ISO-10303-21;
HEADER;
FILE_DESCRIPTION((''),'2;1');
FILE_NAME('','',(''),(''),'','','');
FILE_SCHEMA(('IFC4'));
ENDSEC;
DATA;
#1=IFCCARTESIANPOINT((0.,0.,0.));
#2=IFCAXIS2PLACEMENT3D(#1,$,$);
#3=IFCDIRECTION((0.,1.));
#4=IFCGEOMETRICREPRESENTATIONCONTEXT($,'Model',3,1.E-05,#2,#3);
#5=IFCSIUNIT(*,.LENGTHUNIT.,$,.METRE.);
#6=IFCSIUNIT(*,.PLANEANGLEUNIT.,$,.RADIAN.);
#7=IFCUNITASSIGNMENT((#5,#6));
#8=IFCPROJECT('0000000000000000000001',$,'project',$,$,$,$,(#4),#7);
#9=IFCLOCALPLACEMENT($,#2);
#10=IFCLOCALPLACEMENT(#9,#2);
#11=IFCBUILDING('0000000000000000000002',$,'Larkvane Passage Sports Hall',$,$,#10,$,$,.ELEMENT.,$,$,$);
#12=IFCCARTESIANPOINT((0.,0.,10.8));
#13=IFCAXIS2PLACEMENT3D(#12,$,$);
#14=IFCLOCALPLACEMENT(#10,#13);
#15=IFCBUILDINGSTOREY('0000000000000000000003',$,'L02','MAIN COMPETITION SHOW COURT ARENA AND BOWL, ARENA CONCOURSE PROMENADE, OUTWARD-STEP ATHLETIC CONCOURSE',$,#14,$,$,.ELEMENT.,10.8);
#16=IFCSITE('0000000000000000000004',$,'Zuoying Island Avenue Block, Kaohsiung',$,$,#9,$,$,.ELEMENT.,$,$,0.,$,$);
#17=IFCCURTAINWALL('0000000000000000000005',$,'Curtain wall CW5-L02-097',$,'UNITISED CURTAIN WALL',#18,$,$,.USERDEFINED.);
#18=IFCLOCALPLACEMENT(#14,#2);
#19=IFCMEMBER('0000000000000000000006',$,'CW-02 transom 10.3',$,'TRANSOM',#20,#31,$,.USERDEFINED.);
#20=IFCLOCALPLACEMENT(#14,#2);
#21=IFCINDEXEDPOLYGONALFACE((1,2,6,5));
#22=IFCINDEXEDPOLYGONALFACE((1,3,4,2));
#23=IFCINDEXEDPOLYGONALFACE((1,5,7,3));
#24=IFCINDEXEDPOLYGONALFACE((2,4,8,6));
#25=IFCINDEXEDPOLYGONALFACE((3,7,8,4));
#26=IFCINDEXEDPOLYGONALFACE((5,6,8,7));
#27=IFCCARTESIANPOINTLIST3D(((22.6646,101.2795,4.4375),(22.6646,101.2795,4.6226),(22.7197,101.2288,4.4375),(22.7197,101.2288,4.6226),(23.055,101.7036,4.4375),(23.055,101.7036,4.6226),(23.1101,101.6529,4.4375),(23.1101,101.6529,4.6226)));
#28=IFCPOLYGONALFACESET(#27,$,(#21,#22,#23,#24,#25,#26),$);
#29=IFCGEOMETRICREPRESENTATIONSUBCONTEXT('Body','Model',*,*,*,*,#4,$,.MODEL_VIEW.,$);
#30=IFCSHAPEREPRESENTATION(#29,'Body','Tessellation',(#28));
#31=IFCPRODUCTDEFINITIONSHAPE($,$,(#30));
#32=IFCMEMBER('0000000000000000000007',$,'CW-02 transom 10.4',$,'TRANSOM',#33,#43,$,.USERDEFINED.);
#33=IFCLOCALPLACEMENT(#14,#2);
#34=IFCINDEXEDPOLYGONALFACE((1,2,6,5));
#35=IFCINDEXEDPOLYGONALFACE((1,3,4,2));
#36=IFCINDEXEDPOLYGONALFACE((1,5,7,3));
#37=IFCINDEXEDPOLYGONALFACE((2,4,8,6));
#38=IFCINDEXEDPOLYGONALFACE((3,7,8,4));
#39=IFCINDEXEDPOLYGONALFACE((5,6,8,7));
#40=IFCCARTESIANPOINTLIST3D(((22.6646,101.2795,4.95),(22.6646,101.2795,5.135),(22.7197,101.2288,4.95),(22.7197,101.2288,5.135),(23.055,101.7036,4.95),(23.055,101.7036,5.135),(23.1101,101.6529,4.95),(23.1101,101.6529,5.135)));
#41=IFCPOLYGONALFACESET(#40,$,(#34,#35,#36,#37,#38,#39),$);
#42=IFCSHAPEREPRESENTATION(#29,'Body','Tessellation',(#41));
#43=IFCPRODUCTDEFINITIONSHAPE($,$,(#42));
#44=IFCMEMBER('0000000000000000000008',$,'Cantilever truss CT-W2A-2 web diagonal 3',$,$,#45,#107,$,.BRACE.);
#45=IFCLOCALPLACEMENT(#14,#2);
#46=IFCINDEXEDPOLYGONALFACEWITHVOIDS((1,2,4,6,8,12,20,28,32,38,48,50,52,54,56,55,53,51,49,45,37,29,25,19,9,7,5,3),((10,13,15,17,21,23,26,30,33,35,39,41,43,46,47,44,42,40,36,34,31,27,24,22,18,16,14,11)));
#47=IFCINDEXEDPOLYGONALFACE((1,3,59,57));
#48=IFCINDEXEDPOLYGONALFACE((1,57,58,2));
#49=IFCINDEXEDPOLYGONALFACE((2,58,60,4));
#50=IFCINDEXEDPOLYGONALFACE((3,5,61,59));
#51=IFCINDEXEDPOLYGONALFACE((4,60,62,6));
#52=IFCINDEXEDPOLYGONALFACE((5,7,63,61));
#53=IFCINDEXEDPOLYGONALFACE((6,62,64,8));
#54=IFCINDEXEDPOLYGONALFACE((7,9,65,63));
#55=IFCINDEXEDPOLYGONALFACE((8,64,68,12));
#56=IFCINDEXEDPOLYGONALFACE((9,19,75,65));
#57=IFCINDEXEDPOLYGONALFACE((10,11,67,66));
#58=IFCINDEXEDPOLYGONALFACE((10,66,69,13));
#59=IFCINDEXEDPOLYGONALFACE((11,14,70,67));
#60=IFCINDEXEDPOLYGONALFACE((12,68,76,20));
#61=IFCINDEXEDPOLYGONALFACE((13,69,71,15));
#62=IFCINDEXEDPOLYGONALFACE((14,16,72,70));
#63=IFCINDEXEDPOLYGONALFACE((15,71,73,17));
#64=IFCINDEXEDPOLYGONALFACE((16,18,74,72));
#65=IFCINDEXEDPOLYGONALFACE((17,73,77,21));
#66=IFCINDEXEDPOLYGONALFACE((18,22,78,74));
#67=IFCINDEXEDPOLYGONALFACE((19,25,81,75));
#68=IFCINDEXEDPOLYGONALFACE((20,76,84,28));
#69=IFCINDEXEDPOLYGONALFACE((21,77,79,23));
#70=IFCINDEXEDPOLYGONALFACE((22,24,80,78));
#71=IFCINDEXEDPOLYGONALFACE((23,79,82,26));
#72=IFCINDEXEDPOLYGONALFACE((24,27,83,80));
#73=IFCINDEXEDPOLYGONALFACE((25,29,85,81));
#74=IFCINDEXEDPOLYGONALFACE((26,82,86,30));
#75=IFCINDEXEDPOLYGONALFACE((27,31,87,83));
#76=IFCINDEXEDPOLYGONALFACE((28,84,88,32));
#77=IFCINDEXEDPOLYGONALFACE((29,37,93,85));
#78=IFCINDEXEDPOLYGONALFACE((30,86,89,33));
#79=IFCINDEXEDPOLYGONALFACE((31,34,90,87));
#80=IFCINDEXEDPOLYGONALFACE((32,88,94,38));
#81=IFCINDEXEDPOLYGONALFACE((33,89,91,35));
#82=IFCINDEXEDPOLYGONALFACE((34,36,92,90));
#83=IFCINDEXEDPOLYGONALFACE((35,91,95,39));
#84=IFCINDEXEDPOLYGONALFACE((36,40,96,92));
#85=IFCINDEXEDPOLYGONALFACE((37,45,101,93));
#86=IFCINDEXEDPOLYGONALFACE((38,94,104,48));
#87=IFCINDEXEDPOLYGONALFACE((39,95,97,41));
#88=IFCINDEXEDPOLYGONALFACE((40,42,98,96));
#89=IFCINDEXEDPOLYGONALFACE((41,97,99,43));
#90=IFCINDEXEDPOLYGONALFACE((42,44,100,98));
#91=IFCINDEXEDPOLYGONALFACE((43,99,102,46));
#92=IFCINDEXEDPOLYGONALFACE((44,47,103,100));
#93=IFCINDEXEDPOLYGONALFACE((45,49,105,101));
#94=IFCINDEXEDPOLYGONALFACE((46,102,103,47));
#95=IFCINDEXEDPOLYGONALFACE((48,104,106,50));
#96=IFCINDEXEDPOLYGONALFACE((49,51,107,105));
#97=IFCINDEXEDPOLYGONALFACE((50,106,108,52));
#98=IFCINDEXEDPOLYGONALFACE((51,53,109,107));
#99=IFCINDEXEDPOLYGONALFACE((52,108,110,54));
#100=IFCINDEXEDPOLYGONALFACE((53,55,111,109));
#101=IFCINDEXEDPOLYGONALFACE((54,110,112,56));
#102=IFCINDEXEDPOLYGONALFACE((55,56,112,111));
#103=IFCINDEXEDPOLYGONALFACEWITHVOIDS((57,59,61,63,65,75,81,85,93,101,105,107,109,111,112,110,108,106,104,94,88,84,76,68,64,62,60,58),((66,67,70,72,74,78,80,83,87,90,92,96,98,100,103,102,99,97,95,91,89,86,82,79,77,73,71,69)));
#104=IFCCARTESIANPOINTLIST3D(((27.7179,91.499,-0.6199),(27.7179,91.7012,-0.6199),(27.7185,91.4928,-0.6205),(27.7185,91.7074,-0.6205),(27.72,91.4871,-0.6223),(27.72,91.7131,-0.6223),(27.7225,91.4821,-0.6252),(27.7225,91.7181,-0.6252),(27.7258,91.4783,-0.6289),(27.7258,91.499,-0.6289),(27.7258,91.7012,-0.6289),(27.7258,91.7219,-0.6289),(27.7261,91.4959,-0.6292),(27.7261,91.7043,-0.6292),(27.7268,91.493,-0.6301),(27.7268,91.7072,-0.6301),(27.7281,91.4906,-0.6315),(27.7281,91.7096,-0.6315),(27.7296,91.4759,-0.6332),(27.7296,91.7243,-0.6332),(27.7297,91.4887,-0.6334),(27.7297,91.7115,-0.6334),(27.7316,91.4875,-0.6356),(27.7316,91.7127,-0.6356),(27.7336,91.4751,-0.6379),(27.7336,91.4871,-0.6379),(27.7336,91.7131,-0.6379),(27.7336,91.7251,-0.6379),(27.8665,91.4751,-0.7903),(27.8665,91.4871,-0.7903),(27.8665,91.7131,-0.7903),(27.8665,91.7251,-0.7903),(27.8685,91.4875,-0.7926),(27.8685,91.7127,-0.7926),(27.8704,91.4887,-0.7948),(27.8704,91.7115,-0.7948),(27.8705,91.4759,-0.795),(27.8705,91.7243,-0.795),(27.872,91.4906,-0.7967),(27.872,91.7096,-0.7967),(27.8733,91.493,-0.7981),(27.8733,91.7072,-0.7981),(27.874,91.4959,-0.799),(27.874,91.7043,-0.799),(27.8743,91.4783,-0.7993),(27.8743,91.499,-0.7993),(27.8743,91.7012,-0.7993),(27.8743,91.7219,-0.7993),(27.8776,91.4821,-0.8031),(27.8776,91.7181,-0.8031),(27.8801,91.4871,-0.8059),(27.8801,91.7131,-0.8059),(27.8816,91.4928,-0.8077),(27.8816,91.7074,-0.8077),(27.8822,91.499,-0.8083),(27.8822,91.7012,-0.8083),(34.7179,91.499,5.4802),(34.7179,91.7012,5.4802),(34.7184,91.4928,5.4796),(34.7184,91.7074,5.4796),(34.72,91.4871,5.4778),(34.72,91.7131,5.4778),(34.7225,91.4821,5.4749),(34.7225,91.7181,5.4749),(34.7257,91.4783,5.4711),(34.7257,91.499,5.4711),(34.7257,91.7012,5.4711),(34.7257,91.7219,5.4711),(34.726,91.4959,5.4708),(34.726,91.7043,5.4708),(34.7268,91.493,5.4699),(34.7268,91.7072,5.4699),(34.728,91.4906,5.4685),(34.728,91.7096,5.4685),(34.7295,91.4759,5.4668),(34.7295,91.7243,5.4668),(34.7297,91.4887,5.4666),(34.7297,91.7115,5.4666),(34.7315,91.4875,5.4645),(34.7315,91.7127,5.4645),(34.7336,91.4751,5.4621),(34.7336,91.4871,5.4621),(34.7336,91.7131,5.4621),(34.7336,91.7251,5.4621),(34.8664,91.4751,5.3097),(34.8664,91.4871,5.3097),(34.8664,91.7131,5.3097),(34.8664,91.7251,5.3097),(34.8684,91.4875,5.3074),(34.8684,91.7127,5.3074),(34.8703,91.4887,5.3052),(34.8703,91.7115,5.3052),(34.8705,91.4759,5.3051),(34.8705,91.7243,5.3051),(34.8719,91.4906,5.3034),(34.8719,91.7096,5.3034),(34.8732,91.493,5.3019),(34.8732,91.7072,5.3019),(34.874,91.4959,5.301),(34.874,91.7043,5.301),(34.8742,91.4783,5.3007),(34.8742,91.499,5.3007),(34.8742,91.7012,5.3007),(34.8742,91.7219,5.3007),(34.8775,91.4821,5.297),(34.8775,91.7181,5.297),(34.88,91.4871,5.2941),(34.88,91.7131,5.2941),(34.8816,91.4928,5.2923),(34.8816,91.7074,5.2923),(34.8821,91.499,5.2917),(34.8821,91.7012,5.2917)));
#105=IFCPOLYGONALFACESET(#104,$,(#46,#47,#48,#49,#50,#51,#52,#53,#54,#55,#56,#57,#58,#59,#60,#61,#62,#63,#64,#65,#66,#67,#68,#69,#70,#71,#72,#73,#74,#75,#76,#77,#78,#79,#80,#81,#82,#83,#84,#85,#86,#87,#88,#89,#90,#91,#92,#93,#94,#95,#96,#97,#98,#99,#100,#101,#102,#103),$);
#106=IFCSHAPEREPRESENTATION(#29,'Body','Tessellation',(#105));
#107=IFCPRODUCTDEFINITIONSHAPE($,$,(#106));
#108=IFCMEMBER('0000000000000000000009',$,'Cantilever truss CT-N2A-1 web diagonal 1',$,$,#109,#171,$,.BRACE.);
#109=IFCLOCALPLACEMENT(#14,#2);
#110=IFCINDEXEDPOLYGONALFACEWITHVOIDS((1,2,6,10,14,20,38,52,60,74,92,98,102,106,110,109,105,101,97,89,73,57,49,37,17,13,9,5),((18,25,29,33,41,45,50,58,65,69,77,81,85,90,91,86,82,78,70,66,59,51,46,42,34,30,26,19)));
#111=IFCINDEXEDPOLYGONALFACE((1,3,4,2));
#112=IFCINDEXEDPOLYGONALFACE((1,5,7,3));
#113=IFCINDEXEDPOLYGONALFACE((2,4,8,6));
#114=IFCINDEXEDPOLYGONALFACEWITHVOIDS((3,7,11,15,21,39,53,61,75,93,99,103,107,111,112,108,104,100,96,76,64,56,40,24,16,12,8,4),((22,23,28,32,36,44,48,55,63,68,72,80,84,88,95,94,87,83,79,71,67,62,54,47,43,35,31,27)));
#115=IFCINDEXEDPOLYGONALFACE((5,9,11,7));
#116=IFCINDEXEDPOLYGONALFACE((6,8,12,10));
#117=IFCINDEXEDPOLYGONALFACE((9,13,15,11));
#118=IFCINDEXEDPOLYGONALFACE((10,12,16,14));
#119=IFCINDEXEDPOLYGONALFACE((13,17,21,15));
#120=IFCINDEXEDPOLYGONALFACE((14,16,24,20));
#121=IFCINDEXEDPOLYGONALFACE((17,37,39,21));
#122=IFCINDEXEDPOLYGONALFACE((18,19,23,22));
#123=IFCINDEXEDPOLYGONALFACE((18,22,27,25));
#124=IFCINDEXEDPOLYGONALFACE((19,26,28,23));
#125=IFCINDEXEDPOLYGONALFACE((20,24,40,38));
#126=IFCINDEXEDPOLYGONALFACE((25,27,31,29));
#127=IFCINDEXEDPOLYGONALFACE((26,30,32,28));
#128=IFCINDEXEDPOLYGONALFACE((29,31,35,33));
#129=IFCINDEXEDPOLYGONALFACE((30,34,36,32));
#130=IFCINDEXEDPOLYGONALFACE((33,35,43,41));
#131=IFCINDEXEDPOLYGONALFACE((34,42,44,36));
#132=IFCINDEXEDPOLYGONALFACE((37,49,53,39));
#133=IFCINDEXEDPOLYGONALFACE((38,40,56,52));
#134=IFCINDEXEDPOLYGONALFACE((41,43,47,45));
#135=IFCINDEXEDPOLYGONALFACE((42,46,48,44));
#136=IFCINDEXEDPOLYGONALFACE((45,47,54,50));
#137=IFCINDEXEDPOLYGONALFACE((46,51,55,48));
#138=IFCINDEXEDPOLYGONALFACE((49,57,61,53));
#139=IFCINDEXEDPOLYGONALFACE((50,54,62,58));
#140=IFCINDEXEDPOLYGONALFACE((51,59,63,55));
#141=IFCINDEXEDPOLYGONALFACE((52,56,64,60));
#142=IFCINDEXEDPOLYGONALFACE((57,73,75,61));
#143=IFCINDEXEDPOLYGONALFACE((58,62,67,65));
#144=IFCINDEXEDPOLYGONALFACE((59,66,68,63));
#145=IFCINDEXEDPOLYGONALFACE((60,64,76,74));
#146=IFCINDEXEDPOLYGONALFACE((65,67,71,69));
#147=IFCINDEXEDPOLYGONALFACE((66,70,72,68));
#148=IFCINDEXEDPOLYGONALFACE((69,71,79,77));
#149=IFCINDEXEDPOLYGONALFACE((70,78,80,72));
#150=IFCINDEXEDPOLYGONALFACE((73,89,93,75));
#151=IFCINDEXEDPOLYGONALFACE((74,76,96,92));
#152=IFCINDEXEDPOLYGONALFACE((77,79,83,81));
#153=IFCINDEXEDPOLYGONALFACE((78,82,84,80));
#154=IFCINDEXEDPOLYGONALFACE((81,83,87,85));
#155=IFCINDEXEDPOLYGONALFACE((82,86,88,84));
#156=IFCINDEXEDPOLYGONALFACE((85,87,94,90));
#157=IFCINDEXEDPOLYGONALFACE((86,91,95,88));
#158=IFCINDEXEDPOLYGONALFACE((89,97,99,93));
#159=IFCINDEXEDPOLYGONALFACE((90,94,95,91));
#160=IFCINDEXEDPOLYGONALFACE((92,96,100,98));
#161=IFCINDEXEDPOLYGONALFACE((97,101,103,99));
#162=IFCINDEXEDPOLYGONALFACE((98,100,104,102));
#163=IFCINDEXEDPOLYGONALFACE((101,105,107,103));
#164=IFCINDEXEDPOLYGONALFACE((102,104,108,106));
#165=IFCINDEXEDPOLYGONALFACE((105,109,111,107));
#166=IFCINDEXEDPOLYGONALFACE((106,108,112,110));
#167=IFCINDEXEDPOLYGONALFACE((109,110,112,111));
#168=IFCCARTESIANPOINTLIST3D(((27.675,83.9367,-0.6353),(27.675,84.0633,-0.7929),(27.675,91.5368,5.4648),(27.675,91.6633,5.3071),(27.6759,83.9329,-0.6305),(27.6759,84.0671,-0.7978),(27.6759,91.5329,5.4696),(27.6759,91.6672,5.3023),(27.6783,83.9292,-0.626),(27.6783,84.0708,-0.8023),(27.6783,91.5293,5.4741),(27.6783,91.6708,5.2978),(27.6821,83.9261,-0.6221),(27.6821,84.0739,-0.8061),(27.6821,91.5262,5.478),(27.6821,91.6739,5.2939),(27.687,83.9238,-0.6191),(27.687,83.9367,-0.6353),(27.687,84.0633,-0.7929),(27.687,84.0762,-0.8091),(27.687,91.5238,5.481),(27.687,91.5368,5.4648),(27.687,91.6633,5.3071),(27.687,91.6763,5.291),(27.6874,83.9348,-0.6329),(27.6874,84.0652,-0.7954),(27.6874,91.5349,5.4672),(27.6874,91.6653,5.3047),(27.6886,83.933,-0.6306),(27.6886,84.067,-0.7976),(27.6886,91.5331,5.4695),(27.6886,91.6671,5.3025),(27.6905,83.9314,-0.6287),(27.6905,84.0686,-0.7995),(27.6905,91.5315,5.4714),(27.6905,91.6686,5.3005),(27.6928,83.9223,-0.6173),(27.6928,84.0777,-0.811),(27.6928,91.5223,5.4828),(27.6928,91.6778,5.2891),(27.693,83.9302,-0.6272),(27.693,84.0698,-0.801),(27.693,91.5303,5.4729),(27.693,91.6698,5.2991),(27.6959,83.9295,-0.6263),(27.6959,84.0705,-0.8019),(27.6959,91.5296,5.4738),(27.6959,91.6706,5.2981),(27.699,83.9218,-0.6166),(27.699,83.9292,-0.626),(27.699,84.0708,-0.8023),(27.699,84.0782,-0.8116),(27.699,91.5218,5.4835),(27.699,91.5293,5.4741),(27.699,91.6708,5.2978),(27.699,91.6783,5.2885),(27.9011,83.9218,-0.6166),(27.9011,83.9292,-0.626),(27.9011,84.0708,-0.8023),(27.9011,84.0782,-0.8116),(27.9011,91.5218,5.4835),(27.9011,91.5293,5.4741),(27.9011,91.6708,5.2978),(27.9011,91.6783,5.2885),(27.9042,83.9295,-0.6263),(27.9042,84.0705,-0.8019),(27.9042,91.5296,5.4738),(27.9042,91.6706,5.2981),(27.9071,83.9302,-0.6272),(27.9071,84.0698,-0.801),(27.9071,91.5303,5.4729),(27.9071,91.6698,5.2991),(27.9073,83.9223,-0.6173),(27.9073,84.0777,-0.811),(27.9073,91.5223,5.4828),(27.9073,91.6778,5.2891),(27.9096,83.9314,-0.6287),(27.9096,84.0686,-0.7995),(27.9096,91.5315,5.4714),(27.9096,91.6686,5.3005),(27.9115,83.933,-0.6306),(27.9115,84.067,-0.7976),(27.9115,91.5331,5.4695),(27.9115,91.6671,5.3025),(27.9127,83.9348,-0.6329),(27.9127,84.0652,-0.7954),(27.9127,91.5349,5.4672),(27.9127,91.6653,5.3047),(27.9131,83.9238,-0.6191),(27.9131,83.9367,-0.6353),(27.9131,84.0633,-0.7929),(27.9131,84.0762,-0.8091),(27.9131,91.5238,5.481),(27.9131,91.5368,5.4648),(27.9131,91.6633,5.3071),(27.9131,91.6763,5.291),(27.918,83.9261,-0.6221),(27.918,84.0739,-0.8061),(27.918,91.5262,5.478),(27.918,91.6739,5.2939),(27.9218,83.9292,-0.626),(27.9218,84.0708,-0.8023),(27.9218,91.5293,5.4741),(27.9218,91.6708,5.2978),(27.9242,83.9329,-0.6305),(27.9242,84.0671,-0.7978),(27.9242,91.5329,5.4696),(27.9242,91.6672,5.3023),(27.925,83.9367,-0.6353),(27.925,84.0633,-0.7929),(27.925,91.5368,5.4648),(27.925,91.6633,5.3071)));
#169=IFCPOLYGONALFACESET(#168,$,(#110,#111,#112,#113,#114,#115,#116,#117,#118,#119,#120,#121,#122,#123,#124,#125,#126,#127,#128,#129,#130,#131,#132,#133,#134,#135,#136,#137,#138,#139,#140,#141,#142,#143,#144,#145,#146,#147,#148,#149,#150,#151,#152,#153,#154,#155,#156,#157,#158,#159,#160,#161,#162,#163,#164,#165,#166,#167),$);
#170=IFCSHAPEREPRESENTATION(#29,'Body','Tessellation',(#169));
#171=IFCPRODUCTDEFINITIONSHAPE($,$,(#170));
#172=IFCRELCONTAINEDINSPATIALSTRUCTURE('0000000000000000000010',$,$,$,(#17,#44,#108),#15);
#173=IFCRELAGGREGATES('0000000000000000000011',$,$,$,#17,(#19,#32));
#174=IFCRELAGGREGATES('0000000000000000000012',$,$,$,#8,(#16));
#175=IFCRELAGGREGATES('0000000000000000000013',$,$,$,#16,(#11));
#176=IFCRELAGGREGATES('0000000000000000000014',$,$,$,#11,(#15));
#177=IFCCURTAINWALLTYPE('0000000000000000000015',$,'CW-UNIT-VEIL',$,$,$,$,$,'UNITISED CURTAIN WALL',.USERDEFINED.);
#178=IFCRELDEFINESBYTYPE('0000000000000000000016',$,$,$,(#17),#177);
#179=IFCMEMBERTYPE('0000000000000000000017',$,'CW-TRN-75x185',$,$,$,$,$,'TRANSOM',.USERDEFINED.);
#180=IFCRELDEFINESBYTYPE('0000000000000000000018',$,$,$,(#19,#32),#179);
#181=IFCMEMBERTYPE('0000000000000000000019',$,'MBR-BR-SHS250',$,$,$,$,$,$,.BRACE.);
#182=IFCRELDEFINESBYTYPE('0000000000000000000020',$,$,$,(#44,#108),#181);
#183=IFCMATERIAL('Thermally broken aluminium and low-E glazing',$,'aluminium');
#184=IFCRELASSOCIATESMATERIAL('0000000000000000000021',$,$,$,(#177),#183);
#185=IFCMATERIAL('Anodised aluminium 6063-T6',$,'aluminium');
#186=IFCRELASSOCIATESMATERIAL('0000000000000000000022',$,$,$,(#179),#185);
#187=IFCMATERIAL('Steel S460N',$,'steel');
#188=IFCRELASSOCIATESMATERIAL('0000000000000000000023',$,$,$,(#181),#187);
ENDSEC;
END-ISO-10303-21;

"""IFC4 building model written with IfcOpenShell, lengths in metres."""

from ifc_helpers import new_model, si_unit, direction, frame, origin, origin_2d, place, context, subcontext, project, spatial, rectangle, hollow_rectangle, extrude, material, material_profile, profile_set, type_object, element, aggregate, save


model = new_model("IFC4")

# Units and contexts
model_context = context("Model", 3, precision=1e-05, world=origin(), true_north=direction((0.0, 1.0)))
body_context = subcontext(model_context, "Body", "Model", "MODEL_VIEW")
ifc_project = project(units=[si_unit("LENGTHUNIT", "METRE"), si_unit("PLANEANGLEUNIT", "RADIAN")], contexts=[model_context])

# Site, building, storey
site_placement = place(None, origin())
site = spatial("IfcSite", under=ifc_project, at=site_placement, Name="Zuoying Island Avenue Block, Kaohsiung", CompositionType="ELEMENT", RefElevation=0.0)
building_placement = place(site_placement, origin())
building = spatial("IfcBuilding", under=site, at=building_placement, Name="Larkvane Passage Sports Hall", CompositionType="ELEMENT")
storey_placement = place(building_placement, frame((0.0, 0.0, 10.8)))
storey = spatial("IfcBuildingStorey", under=building, at=storey_placement, Name="L02", Description="MAIN COMPETITION SHOW COURT ARENA AND BOWL, ARENA CONCOURSE PROMENADE, OUTWARD-STEP ATHLETIC CONCOURSE", CompositionType="ELEMENT", Elevation=10.8)

# Shared definitions
ifc_material_1 = material(Name="Steel S460N", Category="steel")

# Curtain wall, members
ifc_material_2 = material(Name="Thermally broken aluminium and low-E glazing", Category="aluminium")
curtain_wall_type = type_object("IfcCurtainWallType", Name="CW-UNIT-VEIL", ElementType="UNITISED CURTAIN WALL", PredefinedType="USERDEFINED", material=ifc_material_2)
curtain_wall_placement = place(storey_placement, origin())
curtain_wall = element("IfcCurtainWall", 1, at=curtain_wall_placement, inside=storey, type_object=curtain_wall_type, Name="Curtain wall CW5-L02-097", ObjectType="UNITISED CURTAIN WALL", PredefinedType="USERDEFINED")
ifc_material_3 = material(Name="Anodised aluminium 6063-T6", Category="aluminium")
ifc_material_profile_1 = material_profile(ifc_material_3, rectangle(XDim=0.075, YDim=0.1851, at=origin_2d()), Name="ALU-TRN-75x185")
ifc_profile_set_1 = profile_set([ifc_material_profile_1], Name="Anodised aluminium 6063-T6")
member_type_1 = type_object("IfcMemberType", Name="CW-TRN-75x185", ElementType="TRANSOM", PredefinedType="USERDEFINED", material=ifc_profile_set_1)
member_1_placement = place(storey_placement, frame((22.6921, 101.2542, 4.53), z_axis=(0.677277, 0.735728, 0.0), x_axis=(-0.735728, 0.677277, 0.0)))
member_1 = element("IfcMember", 2, at=member_1_placement, type_object=member_type_1, Name="CW-02 transom 10.3", ObjectType="TRANSOM", PredefinedType="USERDEFINED", context=body_context, shape_type="SweptSolid", body=[
    extrude(rectangle(XDim=0.075, YDim=0.1851, at=origin_2d()), origin(), (0.0, 0.0, 1.0), 0.5764),
])
member_2_placement = place(storey_placement, frame((22.6921, 101.2542, 5.0425), z_axis=(0.677277, 0.735728, 0.0), x_axis=(-0.735728, 0.677277, 0.0)))
member_2 = element("IfcMember", 3, at=member_2_placement, type_object=member_type_1, Name="CW-02 transom 10.4", ObjectType="TRANSOM", PredefinedType="USERDEFINED", context=body_context, shape_type="SweptSolid", body=[
    extrude(rectangle(XDim=0.075, YDim=0.1851, at=origin_2d()), origin(), (0.0, 0.0, 1.0), 0.5764),
])

# Members
ifc_material_profile_2 = material_profile(ifc_material_1, hollow_rectangle(XDim=0.25, YDim=0.25, WallThickness=0.012, InnerFilletRadius=0.012, OuterFilletRadius=0.0239, at=origin_2d()), Name="SHS-250x250x12")
ifc_profile_set_2 = profile_set([ifc_material_profile_2], Name="Steel S460N")
member_type_2 = type_object("IfcMemberType", Name="MBR-BR-SHS250", PredefinedType="BRACE", material=ifc_profile_set_2)
member_3_placement = place(storey_placement, frame((27.8, 91.6001, -0.7141), z_axis=(0.753904, 0.0, 0.656984), x_axis=(0.0, 1.0, 0.0)))
element("IfcMember", 4, at=member_3_placement, inside=storey, type_object=member_type_2, Name="Cantilever truss CT-W2A-2 web diagonal 3", PredefinedType="BRACE", context=body_context, shape_type="SweptSolid", body=[
    extrude(hollow_rectangle(XDim=0.25, YDim=0.25, WallThickness=0.012, InnerFilletRadius=0.012, OuterFilletRadius=0.0239, at=origin_2d()), origin(), (0.0, 0.0, 1.0), 9.2849),
])
member_4_placement = place(storey_placement, frame((27.8, 84.0, -0.7141), z_axis=(0.0, 0.779866, 0.625947), x_axis=(-1.0, 0.0, 0.0)))
element("IfcMember", 5, at=member_4_placement, inside=storey, type_object=member_type_2, Name="Cantilever truss CT-N2A-1 web diagonal 1", PredefinedType="BRACE", context=body_context, shape_type="SweptSolid", body=[
    extrude(hollow_rectangle(XDim=0.25, YDim=0.25, WallThickness=0.012, InnerFilletRadius=0.012, OuterFilletRadius=0.0239, at=origin_2d()), origin(), (0.0, 0.0, 1.0), 9.7454),
])

aggregate(curtain_wall, [member_1, member_2])

save(model, "model.ifc")
